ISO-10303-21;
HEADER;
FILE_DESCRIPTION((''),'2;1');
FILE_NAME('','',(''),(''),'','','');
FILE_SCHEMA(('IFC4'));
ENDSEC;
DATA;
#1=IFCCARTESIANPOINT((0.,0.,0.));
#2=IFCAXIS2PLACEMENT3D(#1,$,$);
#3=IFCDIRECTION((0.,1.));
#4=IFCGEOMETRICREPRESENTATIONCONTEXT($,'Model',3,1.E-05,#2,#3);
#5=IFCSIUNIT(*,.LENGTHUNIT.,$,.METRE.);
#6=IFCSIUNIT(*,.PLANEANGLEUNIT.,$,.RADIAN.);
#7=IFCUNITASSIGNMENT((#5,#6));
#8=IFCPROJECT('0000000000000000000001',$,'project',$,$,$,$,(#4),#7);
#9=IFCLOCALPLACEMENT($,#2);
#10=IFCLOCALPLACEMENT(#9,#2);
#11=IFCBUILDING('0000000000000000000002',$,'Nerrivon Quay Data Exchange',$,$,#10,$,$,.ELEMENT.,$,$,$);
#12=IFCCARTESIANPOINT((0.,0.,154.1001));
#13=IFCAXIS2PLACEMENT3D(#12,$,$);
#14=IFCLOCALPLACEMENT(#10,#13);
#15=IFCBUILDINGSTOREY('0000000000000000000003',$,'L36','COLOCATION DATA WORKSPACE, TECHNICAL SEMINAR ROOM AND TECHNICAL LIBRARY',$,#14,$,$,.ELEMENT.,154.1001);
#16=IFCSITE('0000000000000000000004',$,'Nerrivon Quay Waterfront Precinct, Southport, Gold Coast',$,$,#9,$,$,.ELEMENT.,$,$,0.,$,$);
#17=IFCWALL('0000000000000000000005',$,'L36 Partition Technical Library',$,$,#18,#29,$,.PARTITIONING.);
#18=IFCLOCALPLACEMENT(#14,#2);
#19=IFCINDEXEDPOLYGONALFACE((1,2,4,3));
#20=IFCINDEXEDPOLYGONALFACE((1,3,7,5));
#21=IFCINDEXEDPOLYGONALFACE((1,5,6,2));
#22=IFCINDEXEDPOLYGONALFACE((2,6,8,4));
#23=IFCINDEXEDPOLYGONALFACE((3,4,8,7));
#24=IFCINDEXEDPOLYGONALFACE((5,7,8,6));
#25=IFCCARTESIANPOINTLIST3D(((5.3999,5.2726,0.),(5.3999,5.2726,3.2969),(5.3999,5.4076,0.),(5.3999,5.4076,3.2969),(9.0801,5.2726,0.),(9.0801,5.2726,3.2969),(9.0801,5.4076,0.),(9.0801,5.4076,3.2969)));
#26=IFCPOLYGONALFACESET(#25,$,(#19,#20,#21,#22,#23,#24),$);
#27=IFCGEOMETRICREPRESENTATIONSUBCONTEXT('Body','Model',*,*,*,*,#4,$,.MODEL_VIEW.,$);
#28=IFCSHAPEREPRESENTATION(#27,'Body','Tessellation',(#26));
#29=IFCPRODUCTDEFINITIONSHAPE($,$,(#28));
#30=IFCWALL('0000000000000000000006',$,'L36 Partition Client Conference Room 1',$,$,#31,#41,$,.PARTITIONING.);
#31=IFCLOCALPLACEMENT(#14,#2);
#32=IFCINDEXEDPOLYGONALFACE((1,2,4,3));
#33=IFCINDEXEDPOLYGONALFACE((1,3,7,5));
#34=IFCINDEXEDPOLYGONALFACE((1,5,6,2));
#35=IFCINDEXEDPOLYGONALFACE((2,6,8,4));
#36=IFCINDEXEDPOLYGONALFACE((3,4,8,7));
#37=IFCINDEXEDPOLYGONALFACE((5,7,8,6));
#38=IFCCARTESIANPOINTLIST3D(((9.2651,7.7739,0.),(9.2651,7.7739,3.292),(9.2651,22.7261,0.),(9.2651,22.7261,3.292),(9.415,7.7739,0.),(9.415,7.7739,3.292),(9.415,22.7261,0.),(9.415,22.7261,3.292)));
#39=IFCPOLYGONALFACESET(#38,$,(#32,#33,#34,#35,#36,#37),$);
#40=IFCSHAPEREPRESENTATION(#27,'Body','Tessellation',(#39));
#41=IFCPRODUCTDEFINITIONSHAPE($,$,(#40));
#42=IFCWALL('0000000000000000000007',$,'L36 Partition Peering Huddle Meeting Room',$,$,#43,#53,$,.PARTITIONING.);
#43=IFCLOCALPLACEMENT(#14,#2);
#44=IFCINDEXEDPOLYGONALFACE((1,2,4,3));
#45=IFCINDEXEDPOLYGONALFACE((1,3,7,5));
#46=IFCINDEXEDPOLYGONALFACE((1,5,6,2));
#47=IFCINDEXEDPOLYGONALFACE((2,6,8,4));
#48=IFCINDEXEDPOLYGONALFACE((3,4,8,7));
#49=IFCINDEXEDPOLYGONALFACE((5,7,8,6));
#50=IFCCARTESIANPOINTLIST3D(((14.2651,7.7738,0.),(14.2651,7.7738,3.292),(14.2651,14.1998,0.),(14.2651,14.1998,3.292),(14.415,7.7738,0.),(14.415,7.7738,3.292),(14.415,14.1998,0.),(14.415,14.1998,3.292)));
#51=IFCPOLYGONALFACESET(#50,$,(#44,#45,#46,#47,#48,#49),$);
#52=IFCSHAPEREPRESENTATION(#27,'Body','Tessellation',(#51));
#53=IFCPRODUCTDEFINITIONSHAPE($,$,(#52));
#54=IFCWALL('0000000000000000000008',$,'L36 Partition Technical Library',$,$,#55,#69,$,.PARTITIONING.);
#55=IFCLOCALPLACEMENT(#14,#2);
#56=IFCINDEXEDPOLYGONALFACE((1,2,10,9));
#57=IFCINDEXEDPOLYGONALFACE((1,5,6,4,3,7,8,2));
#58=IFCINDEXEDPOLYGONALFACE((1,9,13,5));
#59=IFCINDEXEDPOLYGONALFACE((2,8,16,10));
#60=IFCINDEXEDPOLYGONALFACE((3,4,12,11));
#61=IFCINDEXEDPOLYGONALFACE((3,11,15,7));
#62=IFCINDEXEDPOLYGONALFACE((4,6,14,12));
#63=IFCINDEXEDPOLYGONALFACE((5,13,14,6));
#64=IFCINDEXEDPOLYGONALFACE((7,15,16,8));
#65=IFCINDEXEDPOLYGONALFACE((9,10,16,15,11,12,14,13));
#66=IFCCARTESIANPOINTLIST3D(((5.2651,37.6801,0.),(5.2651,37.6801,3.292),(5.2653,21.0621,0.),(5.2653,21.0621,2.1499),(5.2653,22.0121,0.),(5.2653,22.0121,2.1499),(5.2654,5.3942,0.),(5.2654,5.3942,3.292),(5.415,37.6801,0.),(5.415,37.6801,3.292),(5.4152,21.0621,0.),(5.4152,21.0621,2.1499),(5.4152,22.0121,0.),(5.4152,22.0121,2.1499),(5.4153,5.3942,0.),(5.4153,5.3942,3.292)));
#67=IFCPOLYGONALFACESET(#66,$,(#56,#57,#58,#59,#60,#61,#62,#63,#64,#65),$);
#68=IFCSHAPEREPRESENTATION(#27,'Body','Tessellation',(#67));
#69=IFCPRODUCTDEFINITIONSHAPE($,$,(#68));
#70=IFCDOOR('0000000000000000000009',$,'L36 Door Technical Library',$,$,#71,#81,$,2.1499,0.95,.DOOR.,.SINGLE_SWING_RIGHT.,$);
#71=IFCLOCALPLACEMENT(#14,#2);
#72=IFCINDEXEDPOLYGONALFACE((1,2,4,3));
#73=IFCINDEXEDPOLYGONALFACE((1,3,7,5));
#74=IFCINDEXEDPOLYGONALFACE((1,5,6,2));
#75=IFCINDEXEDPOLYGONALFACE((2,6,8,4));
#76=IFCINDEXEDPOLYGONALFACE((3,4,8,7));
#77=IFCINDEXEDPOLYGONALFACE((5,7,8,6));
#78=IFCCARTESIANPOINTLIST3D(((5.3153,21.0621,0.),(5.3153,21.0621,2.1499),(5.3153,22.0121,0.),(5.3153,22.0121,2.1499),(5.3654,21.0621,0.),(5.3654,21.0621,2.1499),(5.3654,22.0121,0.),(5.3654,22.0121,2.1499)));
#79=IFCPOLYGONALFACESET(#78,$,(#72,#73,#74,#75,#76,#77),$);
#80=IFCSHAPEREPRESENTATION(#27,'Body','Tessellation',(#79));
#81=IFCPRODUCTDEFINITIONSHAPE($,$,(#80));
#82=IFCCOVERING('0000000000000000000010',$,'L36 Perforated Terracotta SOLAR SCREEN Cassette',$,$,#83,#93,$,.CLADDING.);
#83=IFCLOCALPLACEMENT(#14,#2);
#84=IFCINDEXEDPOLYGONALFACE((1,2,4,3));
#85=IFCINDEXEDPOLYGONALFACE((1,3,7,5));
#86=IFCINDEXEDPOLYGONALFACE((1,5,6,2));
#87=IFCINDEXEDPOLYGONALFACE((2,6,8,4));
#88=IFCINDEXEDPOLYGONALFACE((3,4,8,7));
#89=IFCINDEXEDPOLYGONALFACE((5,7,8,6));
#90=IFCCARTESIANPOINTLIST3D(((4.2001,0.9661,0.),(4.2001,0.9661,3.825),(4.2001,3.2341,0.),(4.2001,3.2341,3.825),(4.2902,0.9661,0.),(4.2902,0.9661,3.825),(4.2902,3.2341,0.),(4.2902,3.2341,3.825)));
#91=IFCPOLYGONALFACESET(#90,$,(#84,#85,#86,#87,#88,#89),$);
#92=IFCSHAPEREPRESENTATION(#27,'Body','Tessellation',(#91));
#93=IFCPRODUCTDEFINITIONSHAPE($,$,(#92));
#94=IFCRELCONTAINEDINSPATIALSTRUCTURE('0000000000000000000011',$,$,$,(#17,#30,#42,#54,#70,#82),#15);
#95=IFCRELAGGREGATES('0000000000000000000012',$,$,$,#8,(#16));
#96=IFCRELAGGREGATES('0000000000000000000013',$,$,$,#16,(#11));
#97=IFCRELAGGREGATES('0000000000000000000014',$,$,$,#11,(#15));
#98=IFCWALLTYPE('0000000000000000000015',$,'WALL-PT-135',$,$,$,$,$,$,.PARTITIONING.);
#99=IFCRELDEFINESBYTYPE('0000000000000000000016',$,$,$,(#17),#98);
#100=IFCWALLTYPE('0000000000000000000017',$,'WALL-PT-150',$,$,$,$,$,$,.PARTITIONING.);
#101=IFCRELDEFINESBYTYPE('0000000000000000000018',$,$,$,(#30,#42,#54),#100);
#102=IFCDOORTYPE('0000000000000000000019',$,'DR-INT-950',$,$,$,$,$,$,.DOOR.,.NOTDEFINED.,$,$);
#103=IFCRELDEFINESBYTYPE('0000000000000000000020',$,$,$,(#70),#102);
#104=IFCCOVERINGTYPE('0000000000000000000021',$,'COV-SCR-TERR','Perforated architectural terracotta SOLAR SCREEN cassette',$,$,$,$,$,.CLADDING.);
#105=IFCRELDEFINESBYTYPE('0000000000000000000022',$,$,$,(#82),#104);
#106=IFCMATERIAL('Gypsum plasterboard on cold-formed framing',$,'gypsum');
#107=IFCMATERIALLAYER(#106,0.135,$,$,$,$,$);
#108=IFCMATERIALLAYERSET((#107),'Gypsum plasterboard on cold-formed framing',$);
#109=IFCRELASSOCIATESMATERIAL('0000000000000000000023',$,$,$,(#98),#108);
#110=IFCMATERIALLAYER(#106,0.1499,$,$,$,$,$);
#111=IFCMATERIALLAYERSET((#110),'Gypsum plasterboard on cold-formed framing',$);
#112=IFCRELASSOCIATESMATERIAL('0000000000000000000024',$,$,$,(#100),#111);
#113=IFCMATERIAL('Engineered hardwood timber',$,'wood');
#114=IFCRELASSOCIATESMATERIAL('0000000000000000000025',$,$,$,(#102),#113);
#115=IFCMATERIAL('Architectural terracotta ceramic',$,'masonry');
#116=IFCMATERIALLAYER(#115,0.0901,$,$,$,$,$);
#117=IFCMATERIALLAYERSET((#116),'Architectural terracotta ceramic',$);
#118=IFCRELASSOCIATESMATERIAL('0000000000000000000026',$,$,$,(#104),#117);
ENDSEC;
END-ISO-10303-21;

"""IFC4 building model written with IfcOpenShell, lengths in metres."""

from ifc_helpers import new_model, si_unit, direction, frame, frame_2d, origin, origin_2d, place, context, subcontext, project, spatial, rectangle, extrude, material, layer, layer_set, type_object, element, fill, save


model = new_model("IFC4")

# Units and contexts
model_context = context("Model", 3, precision=1e-05, world=origin(), true_north=direction((0.0, 1.0)))
body_context = subcontext(model_context, "Body", "Model", "MODEL_VIEW")
ifc_project = project(units=[si_unit("LENGTHUNIT", "METRE"), si_unit("PLANEANGLEUNIT", "RADIAN")], contexts=[model_context])

# Site, building, storey
site_placement = place(None, origin())
site = spatial("IfcSite", under=ifc_project, at=site_placement, Name="Nerrivon Quay Waterfront Precinct, Southport, Gold Coast", CompositionType="ELEMENT", RefElevation=0.0)
building_placement = place(site_placement, origin())
building = spatial("IfcBuilding", under=site, at=building_placement, Name="Nerrivon Quay Data Exchange", CompositionType="ELEMENT")
storey_placement = place(building_placement, frame((0.0, 0.0, 154.1001)))
storey = spatial("IfcBuildingStorey", under=building, at=storey_placement, Name="L36", Description="COLOCATION DATA WORKSPACE, TECHNICAL SEMINAR ROOM AND TECHNICAL LIBRARY", CompositionType="ELEMENT", Elevation=154.1001)

# Shared definitions
ifc_material_1 = material(Name="Gypsum plasterboard on cold-formed framing", Category="gypsum")
ifc_material_2 = material(Name="Engineered hardwood timber", Category="wood")

# Walls
ifc_layer_1 = layer(ifc_material_1, 0.135)
ifc_layer_set_1 = layer_set([ifc_layer_1], Name="Gypsum plasterboard on cold-formed framing")
wall_type_1 = type_object("IfcWallType", Name="WALL-PT-135", PredefinedType="PARTITIONING", material=ifc_layer_set_1)
wall_1_placement = place(storey_placement, frame((9.0801, 5.3401, 0.0), z_axis=(0.0, 0.0, 1.0), x_axis=(-1.0, 0.0, 0.0)))
element("IfcWall", 1, at=wall_1_placement, inside=storey, type_object=wall_type_1, Name="L36 Partition Technical Library", PredefinedType="PARTITIONING", context=body_context, shape_type="SweptSolid", body=[
    extrude(rectangle(XDim=3.6802, YDim=0.135, at=frame_2d((1.8401, 0.0))), origin(), (0.0, 0.0, 1.0), 3.2969),
])
ifc_layer_2 = layer(ifc_material_1, 0.1499)
ifc_layer_set_2 = layer_set([ifc_layer_2], Name="Gypsum plasterboard on cold-formed framing")
wall_type_2 = type_object("IfcWallType", Name="WALL-PT-150", PredefinedType="PARTITIONING", material=ifc_layer_set_2)
wall_2_placement = place(storey_placement, frame((9.3401, 7.7739, 0.0), z_axis=(0.0, 0.0, 1.0), x_axis=(0.0, 1.0, 0.0)))
element("IfcWall", 2, at=wall_2_placement, inside=storey, type_object=wall_type_2, Name="L36 Partition Client Conference Room 1", PredefinedType="PARTITIONING", context=body_context, shape_type="SweptSolid", body=[
    extrude(rectangle(XDim=14.9521, YDim=0.1499, at=frame_2d((7.4761, 0.0))), origin(), (0.0, 0.0, 1.0), 3.292),
])
wall_3_placement = place(storey_placement, frame((14.3401, 7.7739, 0.0), z_axis=(0.0, 0.0, 1.0), x_axis=(0.0, 1.0, 0.0)))
element("IfcWall", 3, at=wall_3_placement, inside=storey, type_object=wall_type_2, Name="L36 Partition Peering Huddle Meeting Room", PredefinedType="PARTITIONING", context=body_context, shape_type="SweptSolid", body=[
    extrude(rectangle(XDim=6.426, YDim=0.1499, at=frame_2d((3.2129, 0.0))), origin(), (0.0, 0.0, 1.0), 3.292),
])

# Wall, opening, door
wall_4_placement = place(storey_placement, frame((5.3403, 5.394, 0.0), z_axis=(0.0, 0.0, 1.0), x_axis=(-0.000008, 1.0, 0.0)))
wall_4 = element("IfcWall", 4, at=wall_4_placement, inside=storey, type_object=wall_type_2, Name="L36 Partition Technical Library", PredefinedType="PARTITIONING", context=body_context, shape_type="SweptSolid", body=[
    extrude(rectangle(XDim=32.2859, YDim=0.1499, at=frame_2d((16.1431, 0.0))), origin(), (0.0, 0.0, 1.0), 3.292),
])
opening_1_placement = place(wall_4_placement, frame((15.668, 0.0, 0.0)))
opening_1 = element("IfcOpeningElement", 5, at=opening_1_placement, cuts=wall_4, PredefinedType="OPENING", context=body_context, shape_type="SweptSolid", body=[
    extrude(rectangle(XDim=0.95, YDim=2.1499, at=frame_2d((0.4751, 1.075))), frame((0.0, 0.085, 0.0), z_axis=(0.0, -1.0, 0.0), x_axis=(1.0, 0.0, 0.0)), (0.0, 0.0, 1.0), 0.1699),
])
door_type_1 = type_object("IfcDoorType", Name="DR-INT-950", OperationType="NOTDEFINED", PredefinedType="DOOR", material=ifc_material_2)
door_1_placement = place(opening_1_placement, origin())
door_1 = element("IfcDoor", 6, at=door_1_placement, inside=storey, type_object=door_type_1, Name="L36 Door Technical Library", OperationType="SINGLE_SWING_RIGHT", OverallHeight=2.1499, OverallWidth=0.95, PredefinedType="DOOR", context=body_context, shape_type="SweptSolid", body=[
    extrude(rectangle(XDim=0.95, YDim=2.1499, at=frame_2d((0.4751, 1.075))), frame((0.0, 0.0249, 0.0), z_axis=(0.0, -1.0, 0.0), x_axis=(1.0, 0.0, 0.0)), (0.0, 0.0, 1.0), 0.05),
])
fill(opening_1, door_1)

# Covering
ifc_material_3 = material(Name="Architectural terracotta ceramic", Category="masonry")
ifc_layer_3 = layer(ifc_material_3, 0.0901)
ifc_layer_set_3 = layer_set([ifc_layer_3], Name="Architectural terracotta ceramic")
covering_type = type_object("IfcCoveringType", Name="COV-SCR-TERR", Description="Perforated architectural terracotta SOLAR SCREEN cassette", PredefinedType="CLADDING", material=ifc_layer_set_3)
covering_placement = place(storey_placement, frame((4.2451, 2.1001, 0.0), z_axis=(0.0, 0.0, 1.0), x_axis=(0.0, 1.0, 0.0)))
element("IfcCovering", 7, at=covering_placement, inside=storey, type_object=covering_type, Name="L36 Perforated Terracotta SOLAR SCREEN Cassette", PredefinedType="CLADDING", context=body_context, shape_type="SweptSolid", body=[
    extrude(rectangle(XDim=2.2681, YDim=0.0901, at=origin_2d()), origin(), (0.0, 0.0, 1.0), 3.825),
])

save(model, "model.ifc")
